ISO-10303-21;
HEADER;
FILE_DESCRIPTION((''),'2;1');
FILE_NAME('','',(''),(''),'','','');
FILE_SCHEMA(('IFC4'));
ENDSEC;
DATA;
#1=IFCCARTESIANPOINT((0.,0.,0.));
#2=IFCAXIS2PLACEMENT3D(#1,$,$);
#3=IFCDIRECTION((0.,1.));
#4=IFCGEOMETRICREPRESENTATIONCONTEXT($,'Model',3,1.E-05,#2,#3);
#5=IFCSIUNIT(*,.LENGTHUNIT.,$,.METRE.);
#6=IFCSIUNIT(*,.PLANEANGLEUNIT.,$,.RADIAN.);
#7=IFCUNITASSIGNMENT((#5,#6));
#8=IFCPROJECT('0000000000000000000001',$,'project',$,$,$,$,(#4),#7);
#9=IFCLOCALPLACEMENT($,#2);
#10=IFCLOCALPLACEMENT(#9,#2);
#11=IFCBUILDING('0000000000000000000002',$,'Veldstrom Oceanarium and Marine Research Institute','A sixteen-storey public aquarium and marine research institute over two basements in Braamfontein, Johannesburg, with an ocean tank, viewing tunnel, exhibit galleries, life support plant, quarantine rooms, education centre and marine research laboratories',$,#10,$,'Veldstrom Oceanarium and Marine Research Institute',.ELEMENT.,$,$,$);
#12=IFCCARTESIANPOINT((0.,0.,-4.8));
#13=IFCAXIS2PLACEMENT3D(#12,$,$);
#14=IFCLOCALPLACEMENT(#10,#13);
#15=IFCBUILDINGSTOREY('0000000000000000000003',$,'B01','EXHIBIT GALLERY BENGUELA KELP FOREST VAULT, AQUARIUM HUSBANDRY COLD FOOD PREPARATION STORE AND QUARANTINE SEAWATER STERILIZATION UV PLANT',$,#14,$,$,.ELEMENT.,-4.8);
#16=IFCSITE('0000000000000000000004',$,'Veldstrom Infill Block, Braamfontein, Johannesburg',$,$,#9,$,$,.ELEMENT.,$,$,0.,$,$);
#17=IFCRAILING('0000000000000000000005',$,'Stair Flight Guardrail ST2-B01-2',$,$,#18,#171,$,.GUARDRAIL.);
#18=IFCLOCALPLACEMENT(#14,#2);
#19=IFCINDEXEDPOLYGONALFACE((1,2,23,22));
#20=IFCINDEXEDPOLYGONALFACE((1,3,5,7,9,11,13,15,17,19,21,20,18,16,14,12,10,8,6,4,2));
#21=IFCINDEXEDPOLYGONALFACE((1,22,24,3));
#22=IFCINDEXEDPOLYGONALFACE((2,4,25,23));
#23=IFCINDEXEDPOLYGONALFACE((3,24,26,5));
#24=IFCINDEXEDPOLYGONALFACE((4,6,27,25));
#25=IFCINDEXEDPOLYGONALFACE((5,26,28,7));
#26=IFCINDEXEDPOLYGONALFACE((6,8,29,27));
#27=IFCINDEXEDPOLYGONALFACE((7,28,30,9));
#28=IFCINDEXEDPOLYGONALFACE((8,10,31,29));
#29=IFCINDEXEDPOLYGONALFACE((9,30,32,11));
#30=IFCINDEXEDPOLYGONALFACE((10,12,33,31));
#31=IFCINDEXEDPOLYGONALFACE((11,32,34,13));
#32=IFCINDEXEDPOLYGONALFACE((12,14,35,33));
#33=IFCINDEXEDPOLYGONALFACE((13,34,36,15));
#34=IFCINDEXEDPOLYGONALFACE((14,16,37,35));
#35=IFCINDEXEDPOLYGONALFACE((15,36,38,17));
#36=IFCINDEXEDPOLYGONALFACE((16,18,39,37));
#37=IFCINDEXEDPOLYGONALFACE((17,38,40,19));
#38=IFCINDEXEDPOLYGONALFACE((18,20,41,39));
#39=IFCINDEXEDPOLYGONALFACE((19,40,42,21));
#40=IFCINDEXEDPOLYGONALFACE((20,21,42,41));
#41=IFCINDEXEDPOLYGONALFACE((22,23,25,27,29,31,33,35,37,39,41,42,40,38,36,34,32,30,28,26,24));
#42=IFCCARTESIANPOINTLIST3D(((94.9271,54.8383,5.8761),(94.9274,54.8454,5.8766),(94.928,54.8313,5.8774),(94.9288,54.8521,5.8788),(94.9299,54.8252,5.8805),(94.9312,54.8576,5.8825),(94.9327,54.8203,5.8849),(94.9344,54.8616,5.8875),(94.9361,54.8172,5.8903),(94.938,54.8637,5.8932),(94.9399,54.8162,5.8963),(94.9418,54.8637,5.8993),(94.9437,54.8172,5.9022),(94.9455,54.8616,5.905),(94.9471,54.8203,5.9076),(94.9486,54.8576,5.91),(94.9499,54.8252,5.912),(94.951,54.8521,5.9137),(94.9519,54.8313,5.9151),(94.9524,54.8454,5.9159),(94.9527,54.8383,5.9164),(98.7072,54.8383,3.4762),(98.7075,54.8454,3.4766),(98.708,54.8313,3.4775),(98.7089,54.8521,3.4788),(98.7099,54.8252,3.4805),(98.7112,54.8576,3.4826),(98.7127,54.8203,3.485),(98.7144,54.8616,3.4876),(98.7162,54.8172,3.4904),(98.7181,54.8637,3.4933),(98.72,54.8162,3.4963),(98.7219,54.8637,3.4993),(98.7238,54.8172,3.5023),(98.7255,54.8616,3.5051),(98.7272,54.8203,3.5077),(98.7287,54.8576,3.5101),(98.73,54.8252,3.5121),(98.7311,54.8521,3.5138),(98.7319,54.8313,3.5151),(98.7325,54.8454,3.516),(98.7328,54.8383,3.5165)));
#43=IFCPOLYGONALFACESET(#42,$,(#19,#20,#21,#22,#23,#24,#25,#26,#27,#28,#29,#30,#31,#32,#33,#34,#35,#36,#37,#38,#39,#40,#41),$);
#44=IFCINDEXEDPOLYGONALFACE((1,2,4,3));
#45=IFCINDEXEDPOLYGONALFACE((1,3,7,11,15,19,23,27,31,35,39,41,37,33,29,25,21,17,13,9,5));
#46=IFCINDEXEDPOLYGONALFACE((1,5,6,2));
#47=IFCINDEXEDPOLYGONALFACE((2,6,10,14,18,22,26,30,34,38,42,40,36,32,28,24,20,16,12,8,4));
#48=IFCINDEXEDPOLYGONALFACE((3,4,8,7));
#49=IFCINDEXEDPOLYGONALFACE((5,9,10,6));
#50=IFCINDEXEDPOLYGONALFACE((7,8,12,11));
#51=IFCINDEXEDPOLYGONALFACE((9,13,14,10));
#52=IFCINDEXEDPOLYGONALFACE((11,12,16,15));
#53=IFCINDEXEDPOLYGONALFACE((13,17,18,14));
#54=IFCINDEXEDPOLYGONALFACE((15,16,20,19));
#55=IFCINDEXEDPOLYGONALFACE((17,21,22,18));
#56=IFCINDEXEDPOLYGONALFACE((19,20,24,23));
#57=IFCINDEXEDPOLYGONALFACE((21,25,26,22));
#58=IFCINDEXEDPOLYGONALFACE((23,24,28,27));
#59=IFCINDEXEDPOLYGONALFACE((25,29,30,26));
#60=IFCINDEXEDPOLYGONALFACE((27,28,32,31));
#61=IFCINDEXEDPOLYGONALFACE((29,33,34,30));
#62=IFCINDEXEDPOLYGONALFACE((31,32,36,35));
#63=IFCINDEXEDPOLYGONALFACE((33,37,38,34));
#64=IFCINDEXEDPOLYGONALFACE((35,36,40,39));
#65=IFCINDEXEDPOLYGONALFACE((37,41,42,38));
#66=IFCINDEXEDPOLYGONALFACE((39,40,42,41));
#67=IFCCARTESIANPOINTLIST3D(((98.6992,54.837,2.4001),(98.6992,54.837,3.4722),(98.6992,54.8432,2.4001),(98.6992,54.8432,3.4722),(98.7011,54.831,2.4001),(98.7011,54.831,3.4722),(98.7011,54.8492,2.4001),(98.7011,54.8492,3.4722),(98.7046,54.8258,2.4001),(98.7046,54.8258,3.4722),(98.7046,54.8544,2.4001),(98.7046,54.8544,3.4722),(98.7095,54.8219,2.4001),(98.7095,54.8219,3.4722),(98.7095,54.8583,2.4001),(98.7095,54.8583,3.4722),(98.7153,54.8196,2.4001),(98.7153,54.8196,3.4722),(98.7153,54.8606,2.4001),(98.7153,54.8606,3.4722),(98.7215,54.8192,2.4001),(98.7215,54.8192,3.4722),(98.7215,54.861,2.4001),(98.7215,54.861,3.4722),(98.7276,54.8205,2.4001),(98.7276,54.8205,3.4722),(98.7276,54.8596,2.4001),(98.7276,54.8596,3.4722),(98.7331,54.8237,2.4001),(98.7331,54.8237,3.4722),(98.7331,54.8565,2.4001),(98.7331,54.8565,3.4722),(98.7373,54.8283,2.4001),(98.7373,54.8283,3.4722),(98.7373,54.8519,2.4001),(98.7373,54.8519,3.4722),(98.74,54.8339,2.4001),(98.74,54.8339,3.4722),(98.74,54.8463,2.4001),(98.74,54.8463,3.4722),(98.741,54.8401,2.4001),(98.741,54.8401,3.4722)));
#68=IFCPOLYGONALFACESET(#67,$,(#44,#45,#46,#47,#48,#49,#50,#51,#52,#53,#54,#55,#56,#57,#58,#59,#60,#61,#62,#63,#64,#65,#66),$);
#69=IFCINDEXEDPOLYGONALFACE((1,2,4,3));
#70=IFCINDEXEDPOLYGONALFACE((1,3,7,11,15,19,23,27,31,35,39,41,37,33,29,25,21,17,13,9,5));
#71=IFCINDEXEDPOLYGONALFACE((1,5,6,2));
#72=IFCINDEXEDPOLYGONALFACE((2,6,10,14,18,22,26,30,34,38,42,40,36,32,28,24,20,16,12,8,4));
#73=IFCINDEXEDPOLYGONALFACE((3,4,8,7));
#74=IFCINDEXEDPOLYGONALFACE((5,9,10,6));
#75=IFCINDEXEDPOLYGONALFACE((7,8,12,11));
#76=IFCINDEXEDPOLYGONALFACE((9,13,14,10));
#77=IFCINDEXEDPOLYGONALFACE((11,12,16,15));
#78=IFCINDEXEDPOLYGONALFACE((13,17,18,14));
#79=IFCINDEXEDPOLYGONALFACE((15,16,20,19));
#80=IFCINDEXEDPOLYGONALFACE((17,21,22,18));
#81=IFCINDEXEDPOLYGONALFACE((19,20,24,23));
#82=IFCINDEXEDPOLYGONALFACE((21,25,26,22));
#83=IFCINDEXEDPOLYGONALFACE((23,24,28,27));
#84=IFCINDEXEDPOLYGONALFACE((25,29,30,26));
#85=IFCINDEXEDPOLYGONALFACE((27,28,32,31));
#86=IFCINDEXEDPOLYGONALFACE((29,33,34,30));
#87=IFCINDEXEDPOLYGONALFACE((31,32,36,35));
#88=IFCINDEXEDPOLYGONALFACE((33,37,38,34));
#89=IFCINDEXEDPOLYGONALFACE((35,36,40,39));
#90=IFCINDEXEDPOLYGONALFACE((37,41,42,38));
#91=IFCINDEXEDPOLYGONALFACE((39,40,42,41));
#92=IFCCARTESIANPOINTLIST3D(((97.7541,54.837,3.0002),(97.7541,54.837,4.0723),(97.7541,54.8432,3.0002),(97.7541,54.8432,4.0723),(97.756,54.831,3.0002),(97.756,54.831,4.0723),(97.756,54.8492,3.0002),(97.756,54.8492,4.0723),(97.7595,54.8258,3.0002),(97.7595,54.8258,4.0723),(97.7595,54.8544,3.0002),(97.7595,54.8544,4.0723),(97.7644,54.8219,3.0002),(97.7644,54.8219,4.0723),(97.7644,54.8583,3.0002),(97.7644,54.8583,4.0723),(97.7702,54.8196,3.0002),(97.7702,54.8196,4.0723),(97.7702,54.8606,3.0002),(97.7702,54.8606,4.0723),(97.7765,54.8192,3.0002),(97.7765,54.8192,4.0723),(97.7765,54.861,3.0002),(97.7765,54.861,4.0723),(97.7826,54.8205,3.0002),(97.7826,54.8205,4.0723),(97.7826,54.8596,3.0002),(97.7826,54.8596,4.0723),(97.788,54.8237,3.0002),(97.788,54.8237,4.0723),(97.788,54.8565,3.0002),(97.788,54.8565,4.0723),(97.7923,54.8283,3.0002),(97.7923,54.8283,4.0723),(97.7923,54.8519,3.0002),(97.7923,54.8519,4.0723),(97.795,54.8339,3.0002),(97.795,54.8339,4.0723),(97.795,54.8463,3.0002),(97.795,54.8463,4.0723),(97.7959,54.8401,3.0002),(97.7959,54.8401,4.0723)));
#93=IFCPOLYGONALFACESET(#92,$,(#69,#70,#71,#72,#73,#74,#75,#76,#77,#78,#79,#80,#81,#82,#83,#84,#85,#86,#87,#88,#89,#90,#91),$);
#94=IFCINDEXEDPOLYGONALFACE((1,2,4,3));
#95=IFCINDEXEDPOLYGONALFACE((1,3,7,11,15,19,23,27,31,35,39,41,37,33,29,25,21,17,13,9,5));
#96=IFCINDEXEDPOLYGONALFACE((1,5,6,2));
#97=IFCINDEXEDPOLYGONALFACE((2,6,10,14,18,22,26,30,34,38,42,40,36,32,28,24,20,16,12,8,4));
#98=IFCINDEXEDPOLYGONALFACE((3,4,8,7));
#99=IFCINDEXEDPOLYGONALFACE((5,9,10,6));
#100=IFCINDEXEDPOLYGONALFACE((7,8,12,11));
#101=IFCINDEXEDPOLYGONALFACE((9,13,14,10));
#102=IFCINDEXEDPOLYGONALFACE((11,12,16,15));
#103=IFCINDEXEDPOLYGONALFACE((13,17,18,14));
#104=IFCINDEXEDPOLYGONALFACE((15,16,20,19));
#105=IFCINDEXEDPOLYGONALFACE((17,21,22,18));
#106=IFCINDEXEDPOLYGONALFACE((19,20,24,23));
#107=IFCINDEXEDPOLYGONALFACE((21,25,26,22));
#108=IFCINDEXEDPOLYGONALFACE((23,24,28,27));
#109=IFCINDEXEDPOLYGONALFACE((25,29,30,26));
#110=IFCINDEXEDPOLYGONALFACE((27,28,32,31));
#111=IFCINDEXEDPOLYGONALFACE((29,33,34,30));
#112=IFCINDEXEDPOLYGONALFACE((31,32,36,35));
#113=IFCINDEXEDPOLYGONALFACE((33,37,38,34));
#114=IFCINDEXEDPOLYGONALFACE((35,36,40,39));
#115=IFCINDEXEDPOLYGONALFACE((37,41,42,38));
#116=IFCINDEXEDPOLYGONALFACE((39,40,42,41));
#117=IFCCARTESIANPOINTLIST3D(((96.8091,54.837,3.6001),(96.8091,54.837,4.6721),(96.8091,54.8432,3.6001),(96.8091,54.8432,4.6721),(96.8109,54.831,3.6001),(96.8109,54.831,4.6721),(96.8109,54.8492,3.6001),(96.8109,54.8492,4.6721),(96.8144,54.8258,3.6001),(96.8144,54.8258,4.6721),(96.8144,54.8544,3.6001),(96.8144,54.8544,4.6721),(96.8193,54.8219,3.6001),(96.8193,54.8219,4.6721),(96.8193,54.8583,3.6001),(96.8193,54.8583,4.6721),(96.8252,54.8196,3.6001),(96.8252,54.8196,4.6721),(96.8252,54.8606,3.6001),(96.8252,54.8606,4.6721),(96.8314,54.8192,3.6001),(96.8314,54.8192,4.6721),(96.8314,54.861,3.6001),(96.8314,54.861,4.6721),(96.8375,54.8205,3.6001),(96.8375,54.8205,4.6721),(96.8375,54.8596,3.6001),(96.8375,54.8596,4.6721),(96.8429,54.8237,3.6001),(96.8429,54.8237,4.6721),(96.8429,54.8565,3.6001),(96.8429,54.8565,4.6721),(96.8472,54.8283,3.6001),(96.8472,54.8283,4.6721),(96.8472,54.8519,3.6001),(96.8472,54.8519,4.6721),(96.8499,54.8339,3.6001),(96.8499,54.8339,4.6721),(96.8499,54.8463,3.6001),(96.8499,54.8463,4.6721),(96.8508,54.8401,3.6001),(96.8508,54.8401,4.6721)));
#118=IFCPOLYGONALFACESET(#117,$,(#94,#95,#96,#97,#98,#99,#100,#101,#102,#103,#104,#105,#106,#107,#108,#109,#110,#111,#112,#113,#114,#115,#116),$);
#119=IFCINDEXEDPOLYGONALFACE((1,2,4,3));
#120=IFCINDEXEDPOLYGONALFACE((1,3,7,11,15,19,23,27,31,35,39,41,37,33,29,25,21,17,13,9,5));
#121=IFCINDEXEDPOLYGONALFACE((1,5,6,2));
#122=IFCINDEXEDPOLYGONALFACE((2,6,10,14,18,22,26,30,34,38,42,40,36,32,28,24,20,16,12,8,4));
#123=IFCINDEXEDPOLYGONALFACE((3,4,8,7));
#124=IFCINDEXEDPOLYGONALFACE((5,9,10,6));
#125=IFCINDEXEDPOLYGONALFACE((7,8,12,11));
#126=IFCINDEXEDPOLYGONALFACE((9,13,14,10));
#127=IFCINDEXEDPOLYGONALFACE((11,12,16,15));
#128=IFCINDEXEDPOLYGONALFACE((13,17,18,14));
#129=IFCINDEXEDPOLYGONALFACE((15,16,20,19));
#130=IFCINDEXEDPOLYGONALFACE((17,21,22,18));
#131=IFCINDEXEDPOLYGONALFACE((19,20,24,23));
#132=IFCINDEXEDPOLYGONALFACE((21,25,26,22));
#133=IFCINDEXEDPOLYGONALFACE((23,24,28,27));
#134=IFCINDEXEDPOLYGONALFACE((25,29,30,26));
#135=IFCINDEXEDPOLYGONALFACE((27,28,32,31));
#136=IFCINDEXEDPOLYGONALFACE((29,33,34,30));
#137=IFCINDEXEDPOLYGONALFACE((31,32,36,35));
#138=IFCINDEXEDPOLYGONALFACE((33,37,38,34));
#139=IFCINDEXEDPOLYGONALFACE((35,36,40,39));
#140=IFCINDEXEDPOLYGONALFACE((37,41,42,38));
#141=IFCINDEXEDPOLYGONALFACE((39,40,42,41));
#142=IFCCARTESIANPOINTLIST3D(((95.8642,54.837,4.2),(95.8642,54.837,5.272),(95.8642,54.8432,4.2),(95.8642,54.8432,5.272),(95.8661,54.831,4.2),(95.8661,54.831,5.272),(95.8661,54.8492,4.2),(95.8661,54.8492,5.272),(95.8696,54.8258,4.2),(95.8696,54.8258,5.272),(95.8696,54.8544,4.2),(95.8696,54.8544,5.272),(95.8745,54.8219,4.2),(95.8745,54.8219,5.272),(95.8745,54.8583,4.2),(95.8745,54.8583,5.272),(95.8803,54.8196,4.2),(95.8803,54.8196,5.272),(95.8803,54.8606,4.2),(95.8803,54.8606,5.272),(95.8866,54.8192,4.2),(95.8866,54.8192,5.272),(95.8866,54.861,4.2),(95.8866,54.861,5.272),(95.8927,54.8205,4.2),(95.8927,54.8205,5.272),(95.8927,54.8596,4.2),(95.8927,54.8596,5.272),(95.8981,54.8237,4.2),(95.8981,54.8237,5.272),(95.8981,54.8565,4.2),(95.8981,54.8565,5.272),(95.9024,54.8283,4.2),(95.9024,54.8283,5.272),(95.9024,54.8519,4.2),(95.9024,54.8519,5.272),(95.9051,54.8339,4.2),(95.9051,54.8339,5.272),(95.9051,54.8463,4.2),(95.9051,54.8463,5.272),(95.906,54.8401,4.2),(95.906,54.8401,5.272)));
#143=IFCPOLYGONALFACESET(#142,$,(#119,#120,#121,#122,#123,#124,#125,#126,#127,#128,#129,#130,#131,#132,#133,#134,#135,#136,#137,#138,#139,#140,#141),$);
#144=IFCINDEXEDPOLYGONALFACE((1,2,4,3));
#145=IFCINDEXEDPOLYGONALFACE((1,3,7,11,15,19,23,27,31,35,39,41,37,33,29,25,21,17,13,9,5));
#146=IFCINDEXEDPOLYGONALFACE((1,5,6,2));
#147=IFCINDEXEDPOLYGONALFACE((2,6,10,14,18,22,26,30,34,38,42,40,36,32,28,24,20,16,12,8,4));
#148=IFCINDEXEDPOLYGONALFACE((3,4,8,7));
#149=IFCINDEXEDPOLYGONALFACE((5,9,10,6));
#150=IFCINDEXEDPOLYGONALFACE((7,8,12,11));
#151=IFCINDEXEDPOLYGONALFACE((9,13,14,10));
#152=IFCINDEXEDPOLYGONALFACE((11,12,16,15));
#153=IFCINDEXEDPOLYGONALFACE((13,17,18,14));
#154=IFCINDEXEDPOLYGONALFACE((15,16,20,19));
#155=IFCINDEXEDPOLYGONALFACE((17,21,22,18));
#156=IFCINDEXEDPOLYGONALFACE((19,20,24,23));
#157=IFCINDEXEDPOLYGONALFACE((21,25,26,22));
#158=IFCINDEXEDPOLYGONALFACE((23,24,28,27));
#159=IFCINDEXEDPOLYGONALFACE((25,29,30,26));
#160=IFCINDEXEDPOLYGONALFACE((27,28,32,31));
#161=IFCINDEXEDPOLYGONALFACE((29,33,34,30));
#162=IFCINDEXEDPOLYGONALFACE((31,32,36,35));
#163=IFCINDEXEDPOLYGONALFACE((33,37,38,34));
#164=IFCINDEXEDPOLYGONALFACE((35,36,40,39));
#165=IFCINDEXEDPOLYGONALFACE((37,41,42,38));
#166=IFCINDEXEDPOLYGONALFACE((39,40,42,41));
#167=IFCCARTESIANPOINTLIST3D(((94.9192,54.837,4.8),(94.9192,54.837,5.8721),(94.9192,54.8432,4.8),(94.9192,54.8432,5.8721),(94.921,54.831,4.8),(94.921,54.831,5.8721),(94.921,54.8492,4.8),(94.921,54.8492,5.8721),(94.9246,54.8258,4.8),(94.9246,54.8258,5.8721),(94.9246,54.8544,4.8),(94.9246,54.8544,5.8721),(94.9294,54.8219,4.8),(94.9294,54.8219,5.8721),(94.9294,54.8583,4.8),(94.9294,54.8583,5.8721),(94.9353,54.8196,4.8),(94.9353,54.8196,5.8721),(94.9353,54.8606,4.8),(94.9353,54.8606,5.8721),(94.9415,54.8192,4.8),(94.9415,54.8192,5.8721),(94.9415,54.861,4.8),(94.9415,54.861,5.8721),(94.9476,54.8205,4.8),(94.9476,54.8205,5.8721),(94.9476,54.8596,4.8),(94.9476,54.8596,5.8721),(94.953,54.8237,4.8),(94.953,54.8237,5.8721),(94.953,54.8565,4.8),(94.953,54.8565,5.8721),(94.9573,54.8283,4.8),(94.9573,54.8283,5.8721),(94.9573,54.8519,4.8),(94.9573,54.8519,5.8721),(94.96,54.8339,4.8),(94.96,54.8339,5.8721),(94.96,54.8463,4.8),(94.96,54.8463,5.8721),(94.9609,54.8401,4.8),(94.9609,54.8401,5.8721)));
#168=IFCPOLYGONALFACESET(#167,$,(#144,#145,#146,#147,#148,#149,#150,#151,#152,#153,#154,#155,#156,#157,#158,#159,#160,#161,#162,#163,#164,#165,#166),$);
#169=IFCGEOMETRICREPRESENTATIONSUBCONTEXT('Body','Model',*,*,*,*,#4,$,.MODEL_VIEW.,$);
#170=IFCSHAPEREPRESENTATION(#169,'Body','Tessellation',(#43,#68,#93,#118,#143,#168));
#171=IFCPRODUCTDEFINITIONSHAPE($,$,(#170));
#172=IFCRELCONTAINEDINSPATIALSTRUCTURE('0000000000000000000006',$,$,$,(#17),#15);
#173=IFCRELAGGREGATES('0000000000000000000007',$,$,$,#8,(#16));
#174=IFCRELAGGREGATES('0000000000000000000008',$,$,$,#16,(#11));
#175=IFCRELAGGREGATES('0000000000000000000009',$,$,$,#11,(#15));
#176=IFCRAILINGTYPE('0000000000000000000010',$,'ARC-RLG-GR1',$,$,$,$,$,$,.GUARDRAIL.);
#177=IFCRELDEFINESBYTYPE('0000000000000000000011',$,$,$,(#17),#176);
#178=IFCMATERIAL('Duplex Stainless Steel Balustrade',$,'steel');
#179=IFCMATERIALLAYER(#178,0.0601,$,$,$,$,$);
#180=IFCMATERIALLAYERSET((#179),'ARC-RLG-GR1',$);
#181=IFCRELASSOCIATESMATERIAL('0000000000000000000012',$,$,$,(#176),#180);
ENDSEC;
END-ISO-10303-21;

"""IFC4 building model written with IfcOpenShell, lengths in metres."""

from ifc_helpers import new_model, si_unit, direction, frame, origin, origin_2d, place, context, subcontext, project, spatial, circle, extrude, material, layer, layer_set, type_object, element, save


model = new_model("IFC4")

# Units and contexts
model_context = context("Model", 3, precision=1e-05, world=origin(), true_north=direction((0.0, 1.0)))
body_context = subcontext(model_context, "Body", "Model", "MODEL_VIEW")
ifc_project = project(units=[si_unit("LENGTHUNIT", "METRE"), si_unit("PLANEANGLEUNIT", "RADIAN")], contexts=[model_context])

# Site, building, storey
site_placement = place(None, origin())
site = spatial("IfcSite", under=ifc_project, at=site_placement, Name="Veldstrom Infill Block, Braamfontein, Johannesburg", CompositionType="ELEMENT", RefElevation=0.0)
building_placement = place(site_placement, origin())
building = spatial("IfcBuilding", under=site, at=building_placement, Name="Veldstrom Oceanarium and Marine Research Institute", Description="A sixteen-storey public aquarium and marine research institute over two basements in Braamfontein, Johannesburg, with an ocean tank, viewing tunnel, exhibit galleries, life support plant, quarantine rooms, education centre and marine research laboratories", LongName="Veldstrom Oceanarium and Marine Research Institute", CompositionType="ELEMENT")
storey_placement = place(building_placement, frame((0.0, 0.0, -4.8)))
storey = spatial("IfcBuildingStorey", under=building, at=storey_placement, Name="B01", Description="EXHIBIT GALLERY BENGUELA KELP FOREST VAULT, AQUARIUM HUSBANDRY COLD FOOD PREPARATION STORE AND QUARANTINE SEAWATER STERILIZATION UV PLANT", CompositionType="ELEMENT", Elevation=-4.8)

# Railing
ifc_material_1 = material(Name="Duplex Stainless Steel Balustrade", Category="steel")
ifc_layer_1 = layer(ifc_material_1, 0.0601)
ifc_layer_set_1 = layer_set([ifc_layer_1], Name="ARC-RLG-GR1")
railing_type_1 = type_object("IfcRailingType", Name="ARC-RLG-GR1", PredefinedType="GUARDRAIL", material=ifc_layer_set_1)
railing_1_placement = place(storey_placement, frame((98.72, 54.8401, 2.4001)))
element("IfcRailing", 1, at=railing_1_placement, inside=storey, type_object=railing_type_1, Name="Stair Flight Guardrail ST2-B01-2", PredefinedType="GUARDRAIL", context=body_context, shape_type="SweptSolid", body=[
    extrude(circle(Radius=0.0239, at=origin_2d()), frame((0.0, 0.0, 1.0962), z_axis=(-0.844225, 0.0, 0.53599), x_axis=(0.0, -1.0, 0.0)), (0.0, 0.0, 1.0), 4.4775),
    extrude(circle(Radius=0.021, at=origin_2d()), origin(), (0.0, 0.0, 1.0), 1.072),
    extrude(circle(Radius=0.021, at=origin_2d()), frame((-0.9451, 0.0, 0.6001)), (0.0, 0.0, 1.0), 1.072),
    extrude(circle(Radius=0.021, at=origin_2d()), frame((-1.8901, 0.0, 1.2)), (0.0, 0.0, 1.0), 1.072),
    extrude(circle(Radius=0.021, at=origin_2d()), frame((-2.835, 0.0, 1.7998)), (0.0, 0.0, 1.0), 1.072),
    extrude(circle(Radius=0.021, at=origin_2d()), frame((-3.78, 0.0, 2.3999)), (0.0, 0.0, 1.0), 1.072),
])

save(model, "model.ifc")
